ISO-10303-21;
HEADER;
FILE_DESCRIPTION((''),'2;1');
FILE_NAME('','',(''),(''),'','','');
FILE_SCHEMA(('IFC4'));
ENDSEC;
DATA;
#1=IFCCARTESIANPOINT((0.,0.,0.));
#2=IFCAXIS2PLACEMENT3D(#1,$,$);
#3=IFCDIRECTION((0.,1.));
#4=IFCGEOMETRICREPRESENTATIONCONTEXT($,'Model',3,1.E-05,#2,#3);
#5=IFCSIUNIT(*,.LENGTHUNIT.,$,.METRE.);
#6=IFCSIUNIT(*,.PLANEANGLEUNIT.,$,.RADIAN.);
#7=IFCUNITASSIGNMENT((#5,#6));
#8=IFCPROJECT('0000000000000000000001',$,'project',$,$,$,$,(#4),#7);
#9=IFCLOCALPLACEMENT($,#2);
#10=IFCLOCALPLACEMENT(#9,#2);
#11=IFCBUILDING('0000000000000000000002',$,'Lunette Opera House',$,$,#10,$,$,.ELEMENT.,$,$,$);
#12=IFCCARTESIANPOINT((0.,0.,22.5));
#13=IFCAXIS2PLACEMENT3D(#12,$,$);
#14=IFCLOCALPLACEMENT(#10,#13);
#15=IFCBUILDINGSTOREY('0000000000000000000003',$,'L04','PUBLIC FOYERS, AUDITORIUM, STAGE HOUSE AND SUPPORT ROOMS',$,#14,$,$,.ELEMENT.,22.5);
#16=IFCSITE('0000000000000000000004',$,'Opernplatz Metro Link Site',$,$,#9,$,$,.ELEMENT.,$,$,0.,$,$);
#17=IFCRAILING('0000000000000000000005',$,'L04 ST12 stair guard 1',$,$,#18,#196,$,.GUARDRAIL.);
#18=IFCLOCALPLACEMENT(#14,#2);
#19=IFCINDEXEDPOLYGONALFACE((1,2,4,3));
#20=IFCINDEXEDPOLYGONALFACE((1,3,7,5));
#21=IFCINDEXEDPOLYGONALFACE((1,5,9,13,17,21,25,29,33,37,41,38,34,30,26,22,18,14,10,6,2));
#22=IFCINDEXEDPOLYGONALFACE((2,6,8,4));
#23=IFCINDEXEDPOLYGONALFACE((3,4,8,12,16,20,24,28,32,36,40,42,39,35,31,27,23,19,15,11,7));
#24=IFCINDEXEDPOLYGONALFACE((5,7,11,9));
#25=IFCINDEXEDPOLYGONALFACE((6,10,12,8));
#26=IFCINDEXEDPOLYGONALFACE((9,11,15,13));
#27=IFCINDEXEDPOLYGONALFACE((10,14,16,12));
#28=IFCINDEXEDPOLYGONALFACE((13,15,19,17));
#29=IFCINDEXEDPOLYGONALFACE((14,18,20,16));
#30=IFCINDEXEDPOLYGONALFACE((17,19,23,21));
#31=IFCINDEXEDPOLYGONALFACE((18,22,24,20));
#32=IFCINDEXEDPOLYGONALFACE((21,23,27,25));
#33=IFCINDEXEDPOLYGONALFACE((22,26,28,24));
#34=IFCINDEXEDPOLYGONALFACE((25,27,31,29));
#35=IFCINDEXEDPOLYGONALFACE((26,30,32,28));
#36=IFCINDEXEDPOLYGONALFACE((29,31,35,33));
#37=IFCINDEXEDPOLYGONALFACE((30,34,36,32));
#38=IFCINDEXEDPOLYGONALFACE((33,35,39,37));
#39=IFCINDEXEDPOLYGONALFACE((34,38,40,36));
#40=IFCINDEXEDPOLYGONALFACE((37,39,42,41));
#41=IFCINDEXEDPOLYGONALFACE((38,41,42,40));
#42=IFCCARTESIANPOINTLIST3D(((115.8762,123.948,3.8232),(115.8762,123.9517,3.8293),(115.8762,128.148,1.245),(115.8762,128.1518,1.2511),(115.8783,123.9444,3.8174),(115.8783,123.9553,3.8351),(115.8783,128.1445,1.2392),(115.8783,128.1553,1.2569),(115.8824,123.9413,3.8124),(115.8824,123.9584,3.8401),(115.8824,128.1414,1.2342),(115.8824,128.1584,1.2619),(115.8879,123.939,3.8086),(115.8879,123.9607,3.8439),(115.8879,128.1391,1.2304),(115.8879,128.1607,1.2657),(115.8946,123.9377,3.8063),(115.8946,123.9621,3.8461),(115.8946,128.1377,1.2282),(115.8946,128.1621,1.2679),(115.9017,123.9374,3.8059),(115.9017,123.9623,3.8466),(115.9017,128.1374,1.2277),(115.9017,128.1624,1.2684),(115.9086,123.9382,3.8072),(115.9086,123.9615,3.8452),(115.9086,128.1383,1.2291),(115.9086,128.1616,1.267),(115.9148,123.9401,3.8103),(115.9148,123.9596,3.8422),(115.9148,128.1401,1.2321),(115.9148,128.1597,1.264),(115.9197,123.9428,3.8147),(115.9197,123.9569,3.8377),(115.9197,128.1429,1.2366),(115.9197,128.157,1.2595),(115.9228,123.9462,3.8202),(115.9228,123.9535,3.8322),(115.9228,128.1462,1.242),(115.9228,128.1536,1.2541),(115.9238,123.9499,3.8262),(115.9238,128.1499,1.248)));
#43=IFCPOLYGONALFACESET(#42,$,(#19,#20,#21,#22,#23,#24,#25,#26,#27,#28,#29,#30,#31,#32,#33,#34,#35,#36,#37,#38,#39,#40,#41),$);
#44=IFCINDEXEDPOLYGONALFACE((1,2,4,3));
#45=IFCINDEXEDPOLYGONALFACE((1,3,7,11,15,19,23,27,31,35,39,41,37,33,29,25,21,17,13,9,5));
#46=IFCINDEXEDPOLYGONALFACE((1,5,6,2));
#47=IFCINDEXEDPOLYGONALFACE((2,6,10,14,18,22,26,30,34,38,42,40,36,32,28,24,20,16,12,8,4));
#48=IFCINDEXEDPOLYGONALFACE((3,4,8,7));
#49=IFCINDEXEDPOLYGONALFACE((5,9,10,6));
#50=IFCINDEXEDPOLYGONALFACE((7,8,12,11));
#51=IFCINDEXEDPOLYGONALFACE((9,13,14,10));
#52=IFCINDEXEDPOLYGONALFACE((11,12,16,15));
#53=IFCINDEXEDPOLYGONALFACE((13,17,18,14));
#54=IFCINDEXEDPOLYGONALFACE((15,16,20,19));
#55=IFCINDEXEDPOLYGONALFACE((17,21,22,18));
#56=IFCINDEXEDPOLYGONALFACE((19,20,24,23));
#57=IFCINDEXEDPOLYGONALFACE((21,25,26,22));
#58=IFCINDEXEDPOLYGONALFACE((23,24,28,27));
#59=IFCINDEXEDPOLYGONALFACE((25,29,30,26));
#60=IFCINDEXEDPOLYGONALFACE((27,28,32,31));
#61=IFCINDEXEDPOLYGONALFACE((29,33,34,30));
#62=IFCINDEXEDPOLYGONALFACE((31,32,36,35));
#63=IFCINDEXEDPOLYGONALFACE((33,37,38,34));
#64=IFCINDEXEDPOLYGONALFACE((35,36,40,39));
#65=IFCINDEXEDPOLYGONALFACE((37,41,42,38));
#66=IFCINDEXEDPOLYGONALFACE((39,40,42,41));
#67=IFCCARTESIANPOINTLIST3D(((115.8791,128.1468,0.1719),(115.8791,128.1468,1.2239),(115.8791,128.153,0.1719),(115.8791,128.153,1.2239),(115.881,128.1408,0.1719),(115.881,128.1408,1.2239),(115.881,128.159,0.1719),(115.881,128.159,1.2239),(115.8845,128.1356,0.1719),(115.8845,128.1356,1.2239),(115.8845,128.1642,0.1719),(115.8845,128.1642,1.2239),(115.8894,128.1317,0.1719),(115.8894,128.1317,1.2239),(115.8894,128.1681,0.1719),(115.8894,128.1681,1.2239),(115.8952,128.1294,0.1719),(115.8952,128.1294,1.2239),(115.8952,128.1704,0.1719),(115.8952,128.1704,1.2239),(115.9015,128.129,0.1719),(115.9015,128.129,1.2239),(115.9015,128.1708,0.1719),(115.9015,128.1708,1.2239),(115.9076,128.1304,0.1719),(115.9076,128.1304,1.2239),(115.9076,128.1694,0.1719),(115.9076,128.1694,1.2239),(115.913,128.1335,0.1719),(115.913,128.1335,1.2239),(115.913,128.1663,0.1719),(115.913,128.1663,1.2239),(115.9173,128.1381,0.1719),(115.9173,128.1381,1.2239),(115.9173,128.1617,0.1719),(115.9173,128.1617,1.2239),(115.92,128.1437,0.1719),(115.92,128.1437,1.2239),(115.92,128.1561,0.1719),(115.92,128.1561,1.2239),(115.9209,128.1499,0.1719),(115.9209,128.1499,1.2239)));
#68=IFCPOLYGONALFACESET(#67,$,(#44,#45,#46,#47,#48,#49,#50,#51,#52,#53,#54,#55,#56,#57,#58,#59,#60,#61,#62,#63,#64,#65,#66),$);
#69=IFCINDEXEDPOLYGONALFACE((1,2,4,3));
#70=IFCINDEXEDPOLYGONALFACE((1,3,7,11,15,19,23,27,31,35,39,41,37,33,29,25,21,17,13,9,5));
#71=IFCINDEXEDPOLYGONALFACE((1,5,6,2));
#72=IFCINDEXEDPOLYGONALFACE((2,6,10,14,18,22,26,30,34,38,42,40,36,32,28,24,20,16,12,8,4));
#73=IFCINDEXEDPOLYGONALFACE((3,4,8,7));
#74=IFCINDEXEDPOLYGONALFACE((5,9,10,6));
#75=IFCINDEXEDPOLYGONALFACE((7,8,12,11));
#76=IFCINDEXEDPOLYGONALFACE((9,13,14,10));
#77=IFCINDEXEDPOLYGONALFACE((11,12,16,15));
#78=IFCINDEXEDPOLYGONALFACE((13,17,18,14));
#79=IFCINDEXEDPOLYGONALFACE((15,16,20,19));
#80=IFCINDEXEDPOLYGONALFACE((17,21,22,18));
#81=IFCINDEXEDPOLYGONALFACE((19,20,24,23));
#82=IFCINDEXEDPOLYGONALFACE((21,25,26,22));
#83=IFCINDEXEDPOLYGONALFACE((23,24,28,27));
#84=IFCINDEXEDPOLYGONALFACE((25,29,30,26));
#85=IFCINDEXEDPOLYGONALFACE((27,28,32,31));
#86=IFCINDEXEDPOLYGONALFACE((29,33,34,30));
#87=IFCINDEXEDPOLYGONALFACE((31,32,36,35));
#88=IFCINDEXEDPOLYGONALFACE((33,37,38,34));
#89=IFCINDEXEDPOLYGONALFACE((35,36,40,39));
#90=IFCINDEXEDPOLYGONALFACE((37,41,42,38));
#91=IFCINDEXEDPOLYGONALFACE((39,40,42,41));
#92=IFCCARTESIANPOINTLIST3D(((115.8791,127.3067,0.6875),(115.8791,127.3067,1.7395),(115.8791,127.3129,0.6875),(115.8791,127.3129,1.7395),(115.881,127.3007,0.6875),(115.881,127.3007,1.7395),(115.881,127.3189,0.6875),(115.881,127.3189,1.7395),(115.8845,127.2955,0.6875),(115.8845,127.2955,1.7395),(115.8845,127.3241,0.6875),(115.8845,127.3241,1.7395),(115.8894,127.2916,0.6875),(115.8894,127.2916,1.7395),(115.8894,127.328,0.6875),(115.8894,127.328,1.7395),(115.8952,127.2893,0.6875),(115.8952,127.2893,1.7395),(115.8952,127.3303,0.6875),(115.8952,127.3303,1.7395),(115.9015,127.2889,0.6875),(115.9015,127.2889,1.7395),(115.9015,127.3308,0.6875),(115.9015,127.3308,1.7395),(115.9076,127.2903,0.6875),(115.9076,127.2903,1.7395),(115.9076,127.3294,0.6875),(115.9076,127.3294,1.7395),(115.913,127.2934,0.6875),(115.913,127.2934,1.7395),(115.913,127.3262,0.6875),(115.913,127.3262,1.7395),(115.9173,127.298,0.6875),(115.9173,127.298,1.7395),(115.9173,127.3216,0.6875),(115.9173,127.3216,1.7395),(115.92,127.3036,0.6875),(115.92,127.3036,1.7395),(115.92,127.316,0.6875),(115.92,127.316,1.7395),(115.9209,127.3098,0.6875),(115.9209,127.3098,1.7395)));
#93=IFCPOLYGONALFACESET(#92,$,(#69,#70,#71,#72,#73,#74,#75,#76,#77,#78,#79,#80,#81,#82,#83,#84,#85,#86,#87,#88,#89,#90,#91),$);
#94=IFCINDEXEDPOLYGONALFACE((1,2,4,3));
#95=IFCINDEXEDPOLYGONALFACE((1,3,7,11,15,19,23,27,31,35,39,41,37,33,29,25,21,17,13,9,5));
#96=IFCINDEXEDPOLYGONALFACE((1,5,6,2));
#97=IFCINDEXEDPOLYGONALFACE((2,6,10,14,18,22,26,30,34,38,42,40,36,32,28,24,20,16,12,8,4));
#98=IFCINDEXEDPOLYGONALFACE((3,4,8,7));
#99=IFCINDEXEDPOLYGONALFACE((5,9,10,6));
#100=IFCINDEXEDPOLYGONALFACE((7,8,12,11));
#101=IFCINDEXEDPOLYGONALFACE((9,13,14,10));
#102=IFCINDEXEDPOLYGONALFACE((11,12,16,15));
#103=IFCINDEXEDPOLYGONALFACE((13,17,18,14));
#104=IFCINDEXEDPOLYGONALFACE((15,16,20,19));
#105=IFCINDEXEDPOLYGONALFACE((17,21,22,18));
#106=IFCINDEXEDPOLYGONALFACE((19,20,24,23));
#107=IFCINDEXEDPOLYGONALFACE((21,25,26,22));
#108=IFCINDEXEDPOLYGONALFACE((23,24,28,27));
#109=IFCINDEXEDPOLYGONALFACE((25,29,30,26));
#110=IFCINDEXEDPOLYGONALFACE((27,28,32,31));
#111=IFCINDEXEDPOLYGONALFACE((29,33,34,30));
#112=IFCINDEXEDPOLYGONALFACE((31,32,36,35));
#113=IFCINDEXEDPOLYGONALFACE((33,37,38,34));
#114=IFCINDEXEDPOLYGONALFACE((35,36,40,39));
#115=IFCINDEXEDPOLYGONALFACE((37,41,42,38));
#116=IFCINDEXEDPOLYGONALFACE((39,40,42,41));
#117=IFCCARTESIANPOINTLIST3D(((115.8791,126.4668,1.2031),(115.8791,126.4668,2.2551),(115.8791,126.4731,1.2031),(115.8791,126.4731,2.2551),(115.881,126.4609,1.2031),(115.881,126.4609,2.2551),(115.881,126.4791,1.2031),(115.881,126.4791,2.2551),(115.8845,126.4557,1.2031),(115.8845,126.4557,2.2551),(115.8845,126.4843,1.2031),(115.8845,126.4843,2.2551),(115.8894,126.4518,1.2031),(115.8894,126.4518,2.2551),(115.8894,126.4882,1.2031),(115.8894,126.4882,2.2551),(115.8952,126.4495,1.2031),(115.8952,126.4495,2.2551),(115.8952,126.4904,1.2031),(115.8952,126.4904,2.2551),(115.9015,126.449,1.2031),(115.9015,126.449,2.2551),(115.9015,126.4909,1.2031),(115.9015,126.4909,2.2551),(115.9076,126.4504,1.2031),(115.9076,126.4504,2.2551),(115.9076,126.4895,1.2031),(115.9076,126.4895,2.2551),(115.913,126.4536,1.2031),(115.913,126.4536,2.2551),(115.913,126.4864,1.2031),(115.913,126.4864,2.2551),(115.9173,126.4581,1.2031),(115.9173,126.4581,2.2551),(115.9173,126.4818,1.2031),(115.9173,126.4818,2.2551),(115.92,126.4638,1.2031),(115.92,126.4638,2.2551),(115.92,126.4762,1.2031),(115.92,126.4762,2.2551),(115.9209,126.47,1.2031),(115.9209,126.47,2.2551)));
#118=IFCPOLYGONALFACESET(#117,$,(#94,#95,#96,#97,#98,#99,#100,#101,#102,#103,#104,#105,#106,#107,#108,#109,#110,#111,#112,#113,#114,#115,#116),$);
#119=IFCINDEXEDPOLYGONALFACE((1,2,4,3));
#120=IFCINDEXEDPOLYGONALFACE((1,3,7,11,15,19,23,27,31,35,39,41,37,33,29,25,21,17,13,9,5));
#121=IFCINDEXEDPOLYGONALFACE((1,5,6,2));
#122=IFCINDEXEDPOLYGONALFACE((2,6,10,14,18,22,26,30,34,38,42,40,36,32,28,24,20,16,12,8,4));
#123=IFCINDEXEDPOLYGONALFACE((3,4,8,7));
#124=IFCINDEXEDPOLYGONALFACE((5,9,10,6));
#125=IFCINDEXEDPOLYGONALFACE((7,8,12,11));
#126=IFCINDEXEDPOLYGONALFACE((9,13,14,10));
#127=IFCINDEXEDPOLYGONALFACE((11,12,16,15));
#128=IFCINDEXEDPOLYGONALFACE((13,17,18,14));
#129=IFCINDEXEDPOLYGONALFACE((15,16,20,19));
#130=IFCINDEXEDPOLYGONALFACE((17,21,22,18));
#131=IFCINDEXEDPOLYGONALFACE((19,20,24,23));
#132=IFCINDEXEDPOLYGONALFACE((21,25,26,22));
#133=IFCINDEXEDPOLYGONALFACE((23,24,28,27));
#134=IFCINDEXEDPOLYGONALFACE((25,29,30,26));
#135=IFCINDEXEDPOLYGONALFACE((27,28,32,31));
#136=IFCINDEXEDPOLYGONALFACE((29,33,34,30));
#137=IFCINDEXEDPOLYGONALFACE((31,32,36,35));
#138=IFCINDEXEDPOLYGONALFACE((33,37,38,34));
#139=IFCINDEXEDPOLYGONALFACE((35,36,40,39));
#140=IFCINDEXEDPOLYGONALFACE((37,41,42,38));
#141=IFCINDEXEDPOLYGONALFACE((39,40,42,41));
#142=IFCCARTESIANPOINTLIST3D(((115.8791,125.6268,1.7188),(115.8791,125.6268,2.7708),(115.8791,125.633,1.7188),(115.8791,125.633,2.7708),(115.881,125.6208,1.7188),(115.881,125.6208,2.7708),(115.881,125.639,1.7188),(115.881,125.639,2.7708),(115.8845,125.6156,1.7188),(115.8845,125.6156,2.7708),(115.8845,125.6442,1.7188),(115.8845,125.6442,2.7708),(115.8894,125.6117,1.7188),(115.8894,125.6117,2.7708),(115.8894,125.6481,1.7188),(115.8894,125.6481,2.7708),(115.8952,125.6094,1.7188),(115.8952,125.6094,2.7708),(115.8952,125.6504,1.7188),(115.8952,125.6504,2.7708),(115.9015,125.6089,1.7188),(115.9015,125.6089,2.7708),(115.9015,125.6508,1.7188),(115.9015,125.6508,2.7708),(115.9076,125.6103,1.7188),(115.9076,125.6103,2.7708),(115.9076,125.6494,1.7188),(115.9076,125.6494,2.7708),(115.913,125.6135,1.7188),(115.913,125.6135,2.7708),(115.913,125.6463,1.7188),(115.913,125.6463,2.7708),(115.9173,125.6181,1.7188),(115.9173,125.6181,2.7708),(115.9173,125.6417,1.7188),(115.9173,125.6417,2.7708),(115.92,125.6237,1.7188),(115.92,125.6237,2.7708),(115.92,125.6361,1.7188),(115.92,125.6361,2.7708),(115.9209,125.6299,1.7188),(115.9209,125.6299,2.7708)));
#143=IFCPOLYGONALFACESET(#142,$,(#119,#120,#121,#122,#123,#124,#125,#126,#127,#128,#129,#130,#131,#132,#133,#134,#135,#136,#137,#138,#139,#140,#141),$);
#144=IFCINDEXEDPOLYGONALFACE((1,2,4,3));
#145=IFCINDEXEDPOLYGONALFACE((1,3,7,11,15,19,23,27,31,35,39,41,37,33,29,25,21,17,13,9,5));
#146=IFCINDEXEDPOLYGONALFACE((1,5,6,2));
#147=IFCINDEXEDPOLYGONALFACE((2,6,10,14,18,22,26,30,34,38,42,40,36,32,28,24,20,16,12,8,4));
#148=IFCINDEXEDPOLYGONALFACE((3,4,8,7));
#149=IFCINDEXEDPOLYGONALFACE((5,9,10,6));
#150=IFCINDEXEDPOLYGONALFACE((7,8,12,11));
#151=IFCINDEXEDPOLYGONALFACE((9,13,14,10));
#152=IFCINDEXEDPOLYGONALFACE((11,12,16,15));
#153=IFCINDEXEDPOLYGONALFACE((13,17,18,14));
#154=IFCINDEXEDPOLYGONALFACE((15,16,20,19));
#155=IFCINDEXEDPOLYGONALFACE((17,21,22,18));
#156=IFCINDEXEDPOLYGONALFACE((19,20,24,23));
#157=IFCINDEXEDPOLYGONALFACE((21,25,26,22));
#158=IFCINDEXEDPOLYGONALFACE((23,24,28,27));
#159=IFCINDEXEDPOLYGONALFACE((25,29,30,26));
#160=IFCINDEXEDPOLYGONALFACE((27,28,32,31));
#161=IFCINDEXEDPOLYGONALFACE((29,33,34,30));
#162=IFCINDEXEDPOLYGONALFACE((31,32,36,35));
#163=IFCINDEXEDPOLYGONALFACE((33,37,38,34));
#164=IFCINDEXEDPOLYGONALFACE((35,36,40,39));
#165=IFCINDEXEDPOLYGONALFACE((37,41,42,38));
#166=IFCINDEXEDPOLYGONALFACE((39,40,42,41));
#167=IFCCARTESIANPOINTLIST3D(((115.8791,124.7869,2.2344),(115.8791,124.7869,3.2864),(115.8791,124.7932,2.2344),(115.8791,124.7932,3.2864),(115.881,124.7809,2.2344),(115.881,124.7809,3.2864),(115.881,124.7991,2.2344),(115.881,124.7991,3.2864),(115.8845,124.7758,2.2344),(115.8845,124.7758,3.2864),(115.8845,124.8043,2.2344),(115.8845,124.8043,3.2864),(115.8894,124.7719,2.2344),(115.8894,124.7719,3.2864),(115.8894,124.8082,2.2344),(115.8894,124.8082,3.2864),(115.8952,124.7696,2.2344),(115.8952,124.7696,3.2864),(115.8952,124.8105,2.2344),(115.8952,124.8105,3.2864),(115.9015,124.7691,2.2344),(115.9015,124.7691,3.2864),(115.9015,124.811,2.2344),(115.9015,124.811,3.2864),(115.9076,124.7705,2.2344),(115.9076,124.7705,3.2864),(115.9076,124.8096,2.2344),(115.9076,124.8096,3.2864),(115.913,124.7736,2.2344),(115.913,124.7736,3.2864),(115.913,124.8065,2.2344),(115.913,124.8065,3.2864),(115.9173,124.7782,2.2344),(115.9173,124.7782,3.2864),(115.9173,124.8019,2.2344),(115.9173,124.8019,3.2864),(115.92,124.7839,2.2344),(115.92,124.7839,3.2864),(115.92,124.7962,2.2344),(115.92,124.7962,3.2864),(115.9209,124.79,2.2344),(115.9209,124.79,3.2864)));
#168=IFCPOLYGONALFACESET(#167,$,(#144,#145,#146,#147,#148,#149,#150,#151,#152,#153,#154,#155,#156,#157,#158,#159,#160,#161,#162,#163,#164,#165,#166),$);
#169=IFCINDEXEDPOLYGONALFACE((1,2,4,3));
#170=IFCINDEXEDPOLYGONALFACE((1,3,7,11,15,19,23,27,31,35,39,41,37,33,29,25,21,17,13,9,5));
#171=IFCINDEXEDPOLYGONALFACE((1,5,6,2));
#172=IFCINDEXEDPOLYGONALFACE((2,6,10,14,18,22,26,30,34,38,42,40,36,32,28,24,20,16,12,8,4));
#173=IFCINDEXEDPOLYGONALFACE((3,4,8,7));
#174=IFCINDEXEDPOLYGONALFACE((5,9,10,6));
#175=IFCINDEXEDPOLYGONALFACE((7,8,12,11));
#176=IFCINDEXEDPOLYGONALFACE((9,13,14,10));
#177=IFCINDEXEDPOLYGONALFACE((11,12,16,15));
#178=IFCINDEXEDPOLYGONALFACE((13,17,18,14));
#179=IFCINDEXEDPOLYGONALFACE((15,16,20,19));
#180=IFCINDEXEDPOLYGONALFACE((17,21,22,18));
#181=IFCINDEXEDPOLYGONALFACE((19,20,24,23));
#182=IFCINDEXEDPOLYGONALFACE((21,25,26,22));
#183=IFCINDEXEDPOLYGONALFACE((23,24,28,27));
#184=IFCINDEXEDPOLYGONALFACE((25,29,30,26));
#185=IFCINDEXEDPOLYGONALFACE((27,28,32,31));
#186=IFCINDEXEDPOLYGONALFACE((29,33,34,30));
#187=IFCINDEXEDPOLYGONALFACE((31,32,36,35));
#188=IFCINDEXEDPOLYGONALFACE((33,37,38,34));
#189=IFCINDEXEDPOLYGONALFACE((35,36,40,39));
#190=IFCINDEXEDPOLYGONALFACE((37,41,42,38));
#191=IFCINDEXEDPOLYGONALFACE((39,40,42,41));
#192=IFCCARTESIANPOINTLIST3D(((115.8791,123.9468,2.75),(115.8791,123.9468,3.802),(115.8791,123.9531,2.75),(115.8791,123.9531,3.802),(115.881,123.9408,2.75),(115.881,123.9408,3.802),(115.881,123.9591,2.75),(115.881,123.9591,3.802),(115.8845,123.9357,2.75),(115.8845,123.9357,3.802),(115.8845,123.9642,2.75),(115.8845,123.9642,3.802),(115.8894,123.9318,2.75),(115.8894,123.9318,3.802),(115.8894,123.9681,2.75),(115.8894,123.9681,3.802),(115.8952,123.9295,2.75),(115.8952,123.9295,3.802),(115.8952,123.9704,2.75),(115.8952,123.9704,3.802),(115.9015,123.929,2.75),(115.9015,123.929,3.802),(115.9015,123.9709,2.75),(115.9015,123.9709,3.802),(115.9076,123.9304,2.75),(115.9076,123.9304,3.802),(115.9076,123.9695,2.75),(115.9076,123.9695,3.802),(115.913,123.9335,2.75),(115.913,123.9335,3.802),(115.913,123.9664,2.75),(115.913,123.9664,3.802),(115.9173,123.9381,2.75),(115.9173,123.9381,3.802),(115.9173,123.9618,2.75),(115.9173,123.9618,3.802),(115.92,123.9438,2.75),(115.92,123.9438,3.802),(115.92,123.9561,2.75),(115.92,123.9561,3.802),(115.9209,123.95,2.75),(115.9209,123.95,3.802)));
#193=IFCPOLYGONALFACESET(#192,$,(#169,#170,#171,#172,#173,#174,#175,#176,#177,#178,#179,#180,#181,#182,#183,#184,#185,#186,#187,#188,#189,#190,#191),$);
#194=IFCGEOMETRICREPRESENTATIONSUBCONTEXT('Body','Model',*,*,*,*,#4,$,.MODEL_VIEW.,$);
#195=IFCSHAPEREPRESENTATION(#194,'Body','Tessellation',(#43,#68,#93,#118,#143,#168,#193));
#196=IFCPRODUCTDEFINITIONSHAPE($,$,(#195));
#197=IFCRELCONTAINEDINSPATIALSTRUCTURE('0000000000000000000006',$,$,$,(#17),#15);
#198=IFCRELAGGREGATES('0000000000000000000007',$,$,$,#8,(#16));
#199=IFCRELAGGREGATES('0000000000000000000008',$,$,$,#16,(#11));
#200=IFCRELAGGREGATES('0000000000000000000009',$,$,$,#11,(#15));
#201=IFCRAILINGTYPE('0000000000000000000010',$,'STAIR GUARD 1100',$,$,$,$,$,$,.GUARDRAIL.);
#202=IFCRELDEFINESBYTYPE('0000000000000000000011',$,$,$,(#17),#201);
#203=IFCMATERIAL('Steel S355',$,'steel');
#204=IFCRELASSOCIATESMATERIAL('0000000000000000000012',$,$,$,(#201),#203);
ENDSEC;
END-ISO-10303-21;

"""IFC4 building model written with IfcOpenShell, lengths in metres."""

from ifc_helpers import new_model, si_unit, direction, frame, origin, origin_2d, place, context, subcontext, project, spatial, circle, extrude, material, type_object, element, save


model = new_model("IFC4")

# Units and contexts
model_context = context("Model", 3, precision=1e-05, world=origin(), true_north=direction((0.0, 1.0)))
body_context = subcontext(model_context, "Body", "Model", "MODEL_VIEW")
ifc_project = project(units=[si_unit("LENGTHUNIT", "METRE"), si_unit("PLANEANGLEUNIT", "RADIAN")], contexts=[model_context])

# Site, building, storey
site_placement = place(None, origin())
site = spatial("IfcSite", under=ifc_project, at=site_placement, Name="Opernplatz Metro Link Site", CompositionType="ELEMENT", RefElevation=0.0)
building_placement = place(site_placement, origin())
building = spatial("IfcBuilding", under=site, at=building_placement, Name="Lunette Opera House", CompositionType="ELEMENT")
storey_placement = place(building_placement, frame((0.0, 0.0, 22.5)))
storey = spatial("IfcBuildingStorey", under=building, at=storey_placement, Name="L04", Description="PUBLIC FOYERS, AUDITORIUM, STAGE HOUSE AND SUPPORT ROOMS", CompositionType="ELEMENT", Elevation=22.5)

# Railing
ifc_material_1 = material(Name="Steel S355", Category="steel")
railing_type_1 = type_object("IfcRailingType", Name="STAIR GUARD 1100", PredefinedType="GUARDRAIL", material=ifc_material_1)
railing_1_placement = place(storey_placement, frame((115.8999, 128.1499, 0.1719)))
element("IfcRailing", 1, at=railing_1_placement, inside=storey, type_object=railing_type_1, Name="L04 ST12 stair guard 1", PredefinedType="GUARDRAIL", context=body_context, shape_type="SweptSolid", body=[
    extrude(circle(Radius=0.0239, at=origin_2d()), frame((0.0, 0.0, 1.0762), z_axis=(0.0, -0.852243, 0.523146), x_axis=(1.0, 0.0, 0.0)), (0.0, 0.0, 1.0), 4.9282),
    extrude(circle(Radius=0.021, at=origin_2d()), origin(), (0.0, 0.0, 1.0), 1.052),
    extrude(circle(Radius=0.021, at=origin_2d()), frame((0.0, -0.8401, 0.5156)), (0.0, 0.0, 1.0), 1.052),
    extrude(circle(Radius=0.021, at=origin_2d()), frame((0.0, -1.6799, 1.0312)), (0.0, 0.0, 1.0), 1.052),
    extrude(circle(Radius=0.021, at=origin_2d()), frame((0.0, -2.52, 1.5469)), (0.0, 0.0, 1.0), 1.052),
    extrude(circle(Radius=0.021, at=origin_2d()), frame((0.0, -3.3599, 2.0625)), (0.0, 0.0, 1.0), 1.052),
    extrude(circle(Radius=0.021, at=origin_2d()), frame((0.0, -4.2, 2.5781)), (0.0, 0.0, 1.0), 1.052),
])

save(model, "model.ifc")
